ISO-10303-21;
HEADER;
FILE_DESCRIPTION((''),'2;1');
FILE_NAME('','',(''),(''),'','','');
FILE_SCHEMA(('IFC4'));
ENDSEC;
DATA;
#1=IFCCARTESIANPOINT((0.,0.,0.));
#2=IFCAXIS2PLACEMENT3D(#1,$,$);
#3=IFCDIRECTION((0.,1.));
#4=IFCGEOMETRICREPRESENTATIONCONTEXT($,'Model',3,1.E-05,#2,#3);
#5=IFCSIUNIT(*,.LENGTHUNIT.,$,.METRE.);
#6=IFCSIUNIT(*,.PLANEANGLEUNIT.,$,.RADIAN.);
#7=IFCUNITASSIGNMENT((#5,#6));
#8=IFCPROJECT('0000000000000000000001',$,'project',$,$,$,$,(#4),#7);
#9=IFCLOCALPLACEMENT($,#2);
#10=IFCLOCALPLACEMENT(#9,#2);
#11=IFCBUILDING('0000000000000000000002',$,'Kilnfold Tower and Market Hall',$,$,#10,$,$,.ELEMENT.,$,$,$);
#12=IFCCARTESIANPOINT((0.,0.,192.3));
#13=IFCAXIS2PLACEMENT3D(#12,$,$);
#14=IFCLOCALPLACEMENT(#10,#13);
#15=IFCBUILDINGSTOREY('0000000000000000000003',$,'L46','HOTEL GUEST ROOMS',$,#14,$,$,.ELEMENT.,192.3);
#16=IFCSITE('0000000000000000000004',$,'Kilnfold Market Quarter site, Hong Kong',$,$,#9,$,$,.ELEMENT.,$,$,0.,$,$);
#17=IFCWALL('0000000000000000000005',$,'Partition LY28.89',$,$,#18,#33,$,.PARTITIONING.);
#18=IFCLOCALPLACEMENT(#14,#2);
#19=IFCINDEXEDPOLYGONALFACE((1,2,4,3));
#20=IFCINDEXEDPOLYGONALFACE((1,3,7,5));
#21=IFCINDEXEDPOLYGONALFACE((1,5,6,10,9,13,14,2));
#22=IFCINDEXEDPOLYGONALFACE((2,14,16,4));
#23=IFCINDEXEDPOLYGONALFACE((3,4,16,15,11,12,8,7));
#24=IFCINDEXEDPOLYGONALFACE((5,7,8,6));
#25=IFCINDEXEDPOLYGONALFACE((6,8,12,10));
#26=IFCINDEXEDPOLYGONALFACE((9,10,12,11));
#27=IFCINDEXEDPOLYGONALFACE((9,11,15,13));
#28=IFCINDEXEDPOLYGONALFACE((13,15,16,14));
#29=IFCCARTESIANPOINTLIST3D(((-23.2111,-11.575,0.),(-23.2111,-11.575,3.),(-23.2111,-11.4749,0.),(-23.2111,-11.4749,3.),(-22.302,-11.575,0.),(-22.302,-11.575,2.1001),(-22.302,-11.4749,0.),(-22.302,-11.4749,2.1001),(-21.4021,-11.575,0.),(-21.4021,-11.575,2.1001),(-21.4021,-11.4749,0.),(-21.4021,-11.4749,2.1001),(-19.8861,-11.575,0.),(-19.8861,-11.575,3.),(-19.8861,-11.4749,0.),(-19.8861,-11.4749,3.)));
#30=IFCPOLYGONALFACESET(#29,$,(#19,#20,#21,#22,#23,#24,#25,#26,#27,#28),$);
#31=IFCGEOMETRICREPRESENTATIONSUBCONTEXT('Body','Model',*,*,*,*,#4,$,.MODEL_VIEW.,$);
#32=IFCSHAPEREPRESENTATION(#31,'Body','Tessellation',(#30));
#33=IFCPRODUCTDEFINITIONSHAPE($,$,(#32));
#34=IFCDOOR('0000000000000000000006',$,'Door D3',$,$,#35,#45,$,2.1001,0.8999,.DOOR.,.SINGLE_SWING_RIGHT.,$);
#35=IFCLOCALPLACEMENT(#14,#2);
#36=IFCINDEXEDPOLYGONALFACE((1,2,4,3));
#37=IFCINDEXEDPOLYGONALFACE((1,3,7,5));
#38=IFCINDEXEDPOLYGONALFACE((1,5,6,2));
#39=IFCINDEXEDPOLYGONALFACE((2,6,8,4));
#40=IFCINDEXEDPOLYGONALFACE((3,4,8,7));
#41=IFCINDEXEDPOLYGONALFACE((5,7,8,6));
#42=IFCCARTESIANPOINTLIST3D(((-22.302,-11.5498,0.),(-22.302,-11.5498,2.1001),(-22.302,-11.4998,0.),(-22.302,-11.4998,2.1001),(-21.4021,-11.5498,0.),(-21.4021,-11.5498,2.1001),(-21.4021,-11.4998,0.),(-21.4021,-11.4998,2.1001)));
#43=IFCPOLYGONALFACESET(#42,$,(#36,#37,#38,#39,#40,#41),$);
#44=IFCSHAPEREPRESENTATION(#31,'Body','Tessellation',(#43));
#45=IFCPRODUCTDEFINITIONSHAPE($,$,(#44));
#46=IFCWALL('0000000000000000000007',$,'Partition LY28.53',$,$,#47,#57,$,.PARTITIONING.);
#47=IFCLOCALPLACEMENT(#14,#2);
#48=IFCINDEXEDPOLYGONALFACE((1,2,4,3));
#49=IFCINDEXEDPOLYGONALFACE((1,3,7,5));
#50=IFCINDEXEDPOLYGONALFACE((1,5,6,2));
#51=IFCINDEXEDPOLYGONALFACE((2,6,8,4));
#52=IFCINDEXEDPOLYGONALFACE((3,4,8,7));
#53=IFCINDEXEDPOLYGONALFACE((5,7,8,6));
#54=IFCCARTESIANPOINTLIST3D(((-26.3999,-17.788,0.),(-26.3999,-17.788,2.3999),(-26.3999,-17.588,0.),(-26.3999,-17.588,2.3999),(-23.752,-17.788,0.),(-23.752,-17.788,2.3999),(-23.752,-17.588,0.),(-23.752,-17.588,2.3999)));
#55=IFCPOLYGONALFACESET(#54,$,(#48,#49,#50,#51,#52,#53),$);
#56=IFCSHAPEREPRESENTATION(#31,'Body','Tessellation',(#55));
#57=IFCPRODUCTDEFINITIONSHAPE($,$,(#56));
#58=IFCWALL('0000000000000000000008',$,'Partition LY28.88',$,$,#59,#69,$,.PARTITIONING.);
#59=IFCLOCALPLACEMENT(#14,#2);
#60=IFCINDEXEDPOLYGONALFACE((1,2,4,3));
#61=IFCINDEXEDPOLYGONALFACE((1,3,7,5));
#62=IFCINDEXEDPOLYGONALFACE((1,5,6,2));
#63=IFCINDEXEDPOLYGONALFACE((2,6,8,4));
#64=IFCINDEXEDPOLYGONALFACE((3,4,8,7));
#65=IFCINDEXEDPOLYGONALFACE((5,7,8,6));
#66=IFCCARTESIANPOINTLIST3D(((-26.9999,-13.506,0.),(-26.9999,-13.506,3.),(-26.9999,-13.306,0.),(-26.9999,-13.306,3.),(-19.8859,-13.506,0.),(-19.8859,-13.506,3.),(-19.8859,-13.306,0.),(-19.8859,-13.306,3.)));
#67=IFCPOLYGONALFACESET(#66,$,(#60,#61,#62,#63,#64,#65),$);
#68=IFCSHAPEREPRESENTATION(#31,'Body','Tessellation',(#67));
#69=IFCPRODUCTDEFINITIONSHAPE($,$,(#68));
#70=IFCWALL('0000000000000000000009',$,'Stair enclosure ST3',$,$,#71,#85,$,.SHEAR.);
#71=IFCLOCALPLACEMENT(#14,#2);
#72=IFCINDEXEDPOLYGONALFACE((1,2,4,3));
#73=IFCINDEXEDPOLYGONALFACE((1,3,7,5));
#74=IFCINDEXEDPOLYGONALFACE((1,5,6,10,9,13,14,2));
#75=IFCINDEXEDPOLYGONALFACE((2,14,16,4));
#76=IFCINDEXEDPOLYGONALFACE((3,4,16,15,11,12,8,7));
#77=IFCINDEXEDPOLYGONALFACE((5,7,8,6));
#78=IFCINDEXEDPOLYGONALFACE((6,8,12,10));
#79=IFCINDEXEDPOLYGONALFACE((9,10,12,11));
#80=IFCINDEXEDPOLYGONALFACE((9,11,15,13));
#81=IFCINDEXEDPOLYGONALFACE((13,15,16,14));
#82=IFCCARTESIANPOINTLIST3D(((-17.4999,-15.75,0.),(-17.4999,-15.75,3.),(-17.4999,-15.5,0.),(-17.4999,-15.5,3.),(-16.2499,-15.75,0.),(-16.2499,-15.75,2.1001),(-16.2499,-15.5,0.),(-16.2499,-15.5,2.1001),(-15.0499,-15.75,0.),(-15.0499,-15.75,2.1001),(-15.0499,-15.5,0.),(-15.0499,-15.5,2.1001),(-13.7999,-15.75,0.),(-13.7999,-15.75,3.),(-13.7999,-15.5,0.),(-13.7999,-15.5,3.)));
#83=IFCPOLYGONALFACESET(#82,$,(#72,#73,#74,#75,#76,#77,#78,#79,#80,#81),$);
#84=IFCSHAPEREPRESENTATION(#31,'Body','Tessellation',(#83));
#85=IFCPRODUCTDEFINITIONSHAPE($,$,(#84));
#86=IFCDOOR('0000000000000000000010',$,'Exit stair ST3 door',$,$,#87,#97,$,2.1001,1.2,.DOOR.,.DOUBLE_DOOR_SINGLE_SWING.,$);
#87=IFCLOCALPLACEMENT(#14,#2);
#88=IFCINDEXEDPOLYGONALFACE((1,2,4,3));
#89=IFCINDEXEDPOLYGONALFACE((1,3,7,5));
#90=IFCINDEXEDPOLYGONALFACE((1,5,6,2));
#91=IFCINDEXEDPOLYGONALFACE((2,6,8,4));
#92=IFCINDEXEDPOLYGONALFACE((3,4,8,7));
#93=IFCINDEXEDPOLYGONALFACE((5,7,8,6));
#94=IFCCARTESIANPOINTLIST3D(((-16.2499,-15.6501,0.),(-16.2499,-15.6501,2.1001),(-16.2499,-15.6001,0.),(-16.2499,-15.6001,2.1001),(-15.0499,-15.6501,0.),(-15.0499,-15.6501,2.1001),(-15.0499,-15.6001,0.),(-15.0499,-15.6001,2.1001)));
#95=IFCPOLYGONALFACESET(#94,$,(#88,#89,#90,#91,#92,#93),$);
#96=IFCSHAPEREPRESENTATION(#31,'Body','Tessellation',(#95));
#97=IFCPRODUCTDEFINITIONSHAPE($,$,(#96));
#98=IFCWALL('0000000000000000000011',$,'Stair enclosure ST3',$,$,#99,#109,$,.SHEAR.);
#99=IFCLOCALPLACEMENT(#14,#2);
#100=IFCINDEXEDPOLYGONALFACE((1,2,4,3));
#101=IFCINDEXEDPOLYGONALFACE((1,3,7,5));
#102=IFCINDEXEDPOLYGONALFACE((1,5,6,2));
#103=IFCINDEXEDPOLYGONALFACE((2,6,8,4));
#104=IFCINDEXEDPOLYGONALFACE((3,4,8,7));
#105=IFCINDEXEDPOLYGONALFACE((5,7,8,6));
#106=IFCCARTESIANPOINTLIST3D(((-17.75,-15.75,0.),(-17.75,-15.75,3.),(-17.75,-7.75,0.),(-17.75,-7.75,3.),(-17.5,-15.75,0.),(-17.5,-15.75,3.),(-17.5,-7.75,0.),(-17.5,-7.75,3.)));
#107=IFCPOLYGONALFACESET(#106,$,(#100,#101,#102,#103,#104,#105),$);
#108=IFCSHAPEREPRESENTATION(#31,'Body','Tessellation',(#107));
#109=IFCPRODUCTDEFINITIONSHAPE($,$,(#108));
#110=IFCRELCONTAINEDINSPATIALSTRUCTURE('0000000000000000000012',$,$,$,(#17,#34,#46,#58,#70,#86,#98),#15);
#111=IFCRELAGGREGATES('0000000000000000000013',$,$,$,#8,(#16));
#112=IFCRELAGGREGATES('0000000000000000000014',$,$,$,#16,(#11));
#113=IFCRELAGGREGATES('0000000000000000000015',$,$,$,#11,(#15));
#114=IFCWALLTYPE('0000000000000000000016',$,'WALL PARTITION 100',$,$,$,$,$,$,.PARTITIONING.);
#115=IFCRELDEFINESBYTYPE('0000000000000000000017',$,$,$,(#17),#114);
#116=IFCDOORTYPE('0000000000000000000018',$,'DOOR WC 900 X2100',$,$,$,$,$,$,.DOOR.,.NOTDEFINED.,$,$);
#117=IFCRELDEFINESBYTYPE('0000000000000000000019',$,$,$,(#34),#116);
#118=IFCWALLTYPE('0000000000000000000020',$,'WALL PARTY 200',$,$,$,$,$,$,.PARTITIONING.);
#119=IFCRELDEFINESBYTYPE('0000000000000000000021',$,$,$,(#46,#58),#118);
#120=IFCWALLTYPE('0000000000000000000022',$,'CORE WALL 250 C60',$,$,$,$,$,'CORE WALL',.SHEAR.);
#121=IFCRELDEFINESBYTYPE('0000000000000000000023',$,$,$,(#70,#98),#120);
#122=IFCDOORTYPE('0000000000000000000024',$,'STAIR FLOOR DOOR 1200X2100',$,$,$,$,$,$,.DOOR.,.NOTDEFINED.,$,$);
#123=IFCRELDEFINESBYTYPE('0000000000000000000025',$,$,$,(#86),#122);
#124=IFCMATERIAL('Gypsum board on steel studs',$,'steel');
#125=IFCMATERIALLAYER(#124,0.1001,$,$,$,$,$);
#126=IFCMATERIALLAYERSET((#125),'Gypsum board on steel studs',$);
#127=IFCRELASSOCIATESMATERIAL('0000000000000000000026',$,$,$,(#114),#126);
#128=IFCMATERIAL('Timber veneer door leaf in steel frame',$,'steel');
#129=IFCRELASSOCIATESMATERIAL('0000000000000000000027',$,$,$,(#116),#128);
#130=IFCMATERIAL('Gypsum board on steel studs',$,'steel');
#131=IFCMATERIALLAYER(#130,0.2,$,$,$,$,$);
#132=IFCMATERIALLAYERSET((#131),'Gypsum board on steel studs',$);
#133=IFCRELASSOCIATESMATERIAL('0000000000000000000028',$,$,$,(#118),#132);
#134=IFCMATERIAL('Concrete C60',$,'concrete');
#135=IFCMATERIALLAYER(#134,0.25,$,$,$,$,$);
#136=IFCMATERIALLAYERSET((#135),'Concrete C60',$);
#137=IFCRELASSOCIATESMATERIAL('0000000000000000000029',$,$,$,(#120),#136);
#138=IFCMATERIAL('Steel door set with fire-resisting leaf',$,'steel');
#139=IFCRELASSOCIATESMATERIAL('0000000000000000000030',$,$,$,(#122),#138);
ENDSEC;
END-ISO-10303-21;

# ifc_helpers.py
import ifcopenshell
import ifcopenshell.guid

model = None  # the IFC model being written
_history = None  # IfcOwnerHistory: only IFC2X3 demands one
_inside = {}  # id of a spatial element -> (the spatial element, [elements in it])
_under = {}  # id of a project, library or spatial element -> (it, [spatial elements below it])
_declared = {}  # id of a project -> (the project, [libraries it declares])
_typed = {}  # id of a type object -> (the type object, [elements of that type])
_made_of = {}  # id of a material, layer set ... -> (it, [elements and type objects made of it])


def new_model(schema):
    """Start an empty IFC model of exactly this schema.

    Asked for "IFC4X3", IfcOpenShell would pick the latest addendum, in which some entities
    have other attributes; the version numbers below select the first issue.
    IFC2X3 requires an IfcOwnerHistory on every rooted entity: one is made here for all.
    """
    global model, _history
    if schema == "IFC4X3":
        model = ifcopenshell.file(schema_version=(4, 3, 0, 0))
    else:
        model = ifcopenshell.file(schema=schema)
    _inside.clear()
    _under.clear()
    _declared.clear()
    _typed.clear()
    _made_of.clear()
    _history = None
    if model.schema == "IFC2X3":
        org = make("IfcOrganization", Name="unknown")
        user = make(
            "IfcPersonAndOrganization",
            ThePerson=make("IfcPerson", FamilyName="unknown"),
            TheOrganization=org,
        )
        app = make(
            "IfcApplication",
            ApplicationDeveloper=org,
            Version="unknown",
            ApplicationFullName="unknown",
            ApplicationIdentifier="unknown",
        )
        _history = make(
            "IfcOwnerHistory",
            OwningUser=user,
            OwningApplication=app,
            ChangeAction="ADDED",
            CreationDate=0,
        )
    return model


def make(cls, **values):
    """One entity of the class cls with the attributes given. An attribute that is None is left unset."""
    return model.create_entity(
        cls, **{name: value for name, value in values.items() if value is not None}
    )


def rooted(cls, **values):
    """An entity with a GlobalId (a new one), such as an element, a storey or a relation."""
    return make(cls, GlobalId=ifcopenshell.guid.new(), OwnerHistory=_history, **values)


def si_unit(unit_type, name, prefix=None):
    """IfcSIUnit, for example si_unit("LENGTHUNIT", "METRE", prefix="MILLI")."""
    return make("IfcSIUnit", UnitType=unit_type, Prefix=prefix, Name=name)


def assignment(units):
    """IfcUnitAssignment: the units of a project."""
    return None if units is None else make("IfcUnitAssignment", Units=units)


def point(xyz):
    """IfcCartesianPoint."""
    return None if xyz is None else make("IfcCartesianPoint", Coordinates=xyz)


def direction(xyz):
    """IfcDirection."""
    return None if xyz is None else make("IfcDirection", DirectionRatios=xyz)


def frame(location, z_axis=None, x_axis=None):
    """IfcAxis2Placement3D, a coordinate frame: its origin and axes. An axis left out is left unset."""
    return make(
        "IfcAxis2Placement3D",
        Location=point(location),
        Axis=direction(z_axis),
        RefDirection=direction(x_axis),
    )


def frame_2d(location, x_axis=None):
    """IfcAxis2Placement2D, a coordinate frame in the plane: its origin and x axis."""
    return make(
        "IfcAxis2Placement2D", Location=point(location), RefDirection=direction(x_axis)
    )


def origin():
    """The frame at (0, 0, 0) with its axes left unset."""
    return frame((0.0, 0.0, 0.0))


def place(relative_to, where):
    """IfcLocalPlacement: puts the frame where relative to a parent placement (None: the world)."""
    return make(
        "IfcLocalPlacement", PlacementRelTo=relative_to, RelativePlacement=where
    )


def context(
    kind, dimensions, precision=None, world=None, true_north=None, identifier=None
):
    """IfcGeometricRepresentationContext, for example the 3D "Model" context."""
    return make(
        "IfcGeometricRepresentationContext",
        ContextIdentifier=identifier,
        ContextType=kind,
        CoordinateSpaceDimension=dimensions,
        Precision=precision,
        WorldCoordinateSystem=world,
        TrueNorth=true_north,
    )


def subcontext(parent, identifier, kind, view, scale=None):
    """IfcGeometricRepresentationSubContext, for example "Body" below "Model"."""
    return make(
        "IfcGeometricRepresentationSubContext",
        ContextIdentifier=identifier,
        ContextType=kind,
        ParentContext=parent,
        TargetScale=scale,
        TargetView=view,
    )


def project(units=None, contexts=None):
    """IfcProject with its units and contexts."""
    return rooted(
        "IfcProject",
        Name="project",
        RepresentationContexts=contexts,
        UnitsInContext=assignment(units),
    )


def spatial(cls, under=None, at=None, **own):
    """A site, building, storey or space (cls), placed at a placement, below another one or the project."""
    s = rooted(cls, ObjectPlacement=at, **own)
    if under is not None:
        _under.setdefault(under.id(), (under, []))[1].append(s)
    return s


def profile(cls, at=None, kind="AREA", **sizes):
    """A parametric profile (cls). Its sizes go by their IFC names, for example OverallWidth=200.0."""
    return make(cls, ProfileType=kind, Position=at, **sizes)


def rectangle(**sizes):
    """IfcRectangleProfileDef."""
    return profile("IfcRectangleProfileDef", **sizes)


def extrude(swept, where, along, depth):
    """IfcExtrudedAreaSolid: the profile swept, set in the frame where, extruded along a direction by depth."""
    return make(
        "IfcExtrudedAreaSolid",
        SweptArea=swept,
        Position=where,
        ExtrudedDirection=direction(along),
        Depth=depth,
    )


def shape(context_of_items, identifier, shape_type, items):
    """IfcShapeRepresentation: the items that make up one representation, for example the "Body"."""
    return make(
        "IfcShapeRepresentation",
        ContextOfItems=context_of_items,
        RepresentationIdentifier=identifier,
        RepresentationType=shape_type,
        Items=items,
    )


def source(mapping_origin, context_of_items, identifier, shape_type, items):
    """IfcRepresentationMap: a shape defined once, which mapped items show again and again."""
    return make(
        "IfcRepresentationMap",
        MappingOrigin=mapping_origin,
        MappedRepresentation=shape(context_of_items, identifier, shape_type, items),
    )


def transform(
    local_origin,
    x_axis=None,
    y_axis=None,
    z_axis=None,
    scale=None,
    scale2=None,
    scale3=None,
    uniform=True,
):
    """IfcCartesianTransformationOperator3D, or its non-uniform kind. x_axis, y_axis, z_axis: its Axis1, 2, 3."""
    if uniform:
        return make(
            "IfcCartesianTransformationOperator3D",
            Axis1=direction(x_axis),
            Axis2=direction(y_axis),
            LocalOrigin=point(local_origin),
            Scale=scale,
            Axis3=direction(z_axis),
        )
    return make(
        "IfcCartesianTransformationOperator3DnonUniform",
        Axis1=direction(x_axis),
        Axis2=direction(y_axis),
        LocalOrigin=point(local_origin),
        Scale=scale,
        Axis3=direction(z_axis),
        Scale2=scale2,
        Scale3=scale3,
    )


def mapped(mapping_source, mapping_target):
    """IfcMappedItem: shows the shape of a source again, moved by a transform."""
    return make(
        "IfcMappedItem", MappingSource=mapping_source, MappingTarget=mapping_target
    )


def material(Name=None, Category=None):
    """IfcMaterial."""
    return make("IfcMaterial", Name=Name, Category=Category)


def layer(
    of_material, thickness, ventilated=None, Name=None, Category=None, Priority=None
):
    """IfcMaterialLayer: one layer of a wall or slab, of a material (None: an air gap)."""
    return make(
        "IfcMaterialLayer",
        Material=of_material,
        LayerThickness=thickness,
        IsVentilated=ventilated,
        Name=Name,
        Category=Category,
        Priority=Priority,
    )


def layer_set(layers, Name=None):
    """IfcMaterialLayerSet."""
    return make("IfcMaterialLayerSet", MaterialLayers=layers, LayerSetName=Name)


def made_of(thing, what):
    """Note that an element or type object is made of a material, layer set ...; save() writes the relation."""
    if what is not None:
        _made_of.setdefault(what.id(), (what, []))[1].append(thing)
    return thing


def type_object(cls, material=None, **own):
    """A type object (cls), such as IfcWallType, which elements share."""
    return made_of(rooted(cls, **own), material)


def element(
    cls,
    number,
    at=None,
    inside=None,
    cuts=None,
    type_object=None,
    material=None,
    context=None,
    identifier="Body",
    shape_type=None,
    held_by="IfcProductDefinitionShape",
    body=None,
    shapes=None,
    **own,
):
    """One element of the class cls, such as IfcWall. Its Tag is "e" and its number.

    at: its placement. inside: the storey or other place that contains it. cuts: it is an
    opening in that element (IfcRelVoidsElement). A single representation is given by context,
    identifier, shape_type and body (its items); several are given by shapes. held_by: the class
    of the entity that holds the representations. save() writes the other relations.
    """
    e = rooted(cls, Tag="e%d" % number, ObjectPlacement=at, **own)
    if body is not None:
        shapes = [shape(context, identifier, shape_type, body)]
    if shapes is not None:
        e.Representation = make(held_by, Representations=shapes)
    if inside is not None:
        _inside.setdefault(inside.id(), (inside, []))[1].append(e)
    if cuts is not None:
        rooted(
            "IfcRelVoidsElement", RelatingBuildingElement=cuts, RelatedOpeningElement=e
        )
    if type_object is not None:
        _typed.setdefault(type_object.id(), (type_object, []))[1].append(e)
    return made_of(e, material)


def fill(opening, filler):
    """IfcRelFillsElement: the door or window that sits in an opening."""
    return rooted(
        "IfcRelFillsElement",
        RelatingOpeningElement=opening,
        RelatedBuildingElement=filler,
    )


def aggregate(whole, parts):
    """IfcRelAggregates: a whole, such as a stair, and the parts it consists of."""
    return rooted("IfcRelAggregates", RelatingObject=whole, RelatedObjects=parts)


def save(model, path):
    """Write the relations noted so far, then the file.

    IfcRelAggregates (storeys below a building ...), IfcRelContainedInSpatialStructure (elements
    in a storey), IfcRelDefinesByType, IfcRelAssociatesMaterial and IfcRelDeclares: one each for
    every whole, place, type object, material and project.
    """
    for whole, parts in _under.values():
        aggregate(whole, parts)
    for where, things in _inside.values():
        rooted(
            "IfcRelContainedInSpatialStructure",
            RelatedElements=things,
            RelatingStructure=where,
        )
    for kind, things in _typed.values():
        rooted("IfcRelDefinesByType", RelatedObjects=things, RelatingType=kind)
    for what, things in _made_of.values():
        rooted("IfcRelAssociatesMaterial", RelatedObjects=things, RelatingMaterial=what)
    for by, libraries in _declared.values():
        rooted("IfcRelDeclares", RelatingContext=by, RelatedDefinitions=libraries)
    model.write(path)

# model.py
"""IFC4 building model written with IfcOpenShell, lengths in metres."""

from ifc_helpers import new_model, si_unit, direction, frame, frame_2d, origin, place, context, subcontext, project, spatial, rectangle, extrude, source, transform, mapped, material, layer, layer_set, type_object, element, fill, save


model = new_model("IFC4")

# Units and contexts
model_context = context("Model", 3, precision=1e-05, world=origin(), true_north=direction((0.0, 1.0)))
body_context = subcontext(model_context, "Body", "Model", "MODEL_VIEW")
ifc_project = project(units=[si_unit("LENGTHUNIT", "METRE"), si_unit("PLANEANGLEUNIT", "RADIAN")], contexts=[model_context])

# Site, building, storey
site_placement = place(None, origin())
site = spatial("IfcSite", under=ifc_project, at=site_placement, Name="Kilnfold Market Quarter site, Hong Kong", CompositionType="ELEMENT", RefElevation=0.0)
building_placement = place(site_placement, origin())
building = spatial("IfcBuilding", under=site, at=building_placement, Name="Kilnfold Tower and Market Hall", CompositionType="ELEMENT")
storey_placement = place(building_placement, frame((0.0, 0.0, 192.3)))
storey = spatial("IfcBuildingStorey", under=building, at=storey_placement, Name="L46", Description="HOTEL GUEST ROOMS", CompositionType="ELEMENT", Elevation=192.3)

# Wall, opening, door
ifc_material_1 = material(Name="Gypsum board on steel studs", Category="steel")
ifc_layer_1 = layer(ifc_material_1, 0.1001)
ifc_layer_set_1 = layer_set([ifc_layer_1], Name="Gypsum board on steel studs")
wall_type_1 = type_object("IfcWallType", Name="WALL PARTITION 100", PredefinedType="PARTITIONING", material=ifc_layer_set_1)
ifc_material_2 = material(Name="Timber veneer door leaf in steel frame", Category="steel")
door_type_1 = type_object("IfcDoorType", Name="DOOR WC 900 X2100", OperationType="NOTDEFINED", PredefinedType="DOOR", material=ifc_material_2)
wall_1_placement = place(storey_placement, frame((-19.886, -11.5249, 0.0), z_axis=(0.0, 0.0, 1.0), x_axis=(-1.0, 0.0, 0.0)))
wall_1 = element("IfcWall", 1, at=wall_1_placement, inside=storey, type_object=wall_type_1, Name="Partition LY28.89", PredefinedType="PARTITIONING", context=body_context, shape_type="SweptSolid", body=[
    extrude(rectangle(XDim=3.325, YDim=0.1001, at=frame_2d((1.6626, 0.0))), origin(), (0.0, 0.0, 1.0), 3.0),
])
opening_1_placement = place(wall_1_placement, frame((1.5161, 0.0, 0.0)))
opening_1 = element("IfcOpeningElement", 2, at=opening_1_placement, cuts=wall_1, PredefinedType="OPENING", context=body_context, shape_type="SweptSolid", body=[
    extrude(rectangle(XDim=0.8999, YDim=2.1001, at=frame_2d((0.45, 1.05))), frame((0.0, 0.0601, 0.0), z_axis=(0.0, -1.0, 0.0), x_axis=(1.0, 0.0, 0.0)), (0.0, 0.0, 1.0), 0.1201),
])
door_1_placement = place(opening_1_placement, origin())
door_1 = element("IfcDoor", 3, at=door_1_placement, inside=storey, type_object=door_type_1, Name="Door D3", OperationType="SINGLE_SWING_RIGHT", OverallHeight=2.1001, OverallWidth=0.8999, PredefinedType="DOOR", context=body_context, shape_type="SweptSolid", body=[
    extrude(rectangle(XDim=0.8999, YDim=2.1001, at=frame_2d((0.45, 1.05))), frame((0.0, 0.0249, 0.0), z_axis=(0.0, -1.0, 0.0), x_axis=(1.0, 0.0, 0.0)), (0.0, 0.0, 1.0), 0.05),
])
fill(opening_1, door_1)

# Walls
ifc_material_3 = material(Name="Gypsum board on steel studs", Category="steel")
ifc_layer_2 = layer(ifc_material_3, 0.2)
ifc_layer_set_2 = layer_set([ifc_layer_2], Name="Gypsum board on steel studs")
wall_type_2 = type_object("IfcWallType", Name="WALL PARTY 200", PredefinedType="PARTITIONING", material=ifc_layer_set_2)
wall_2_placement = place(storey_placement, frame((-26.3999, -17.688, 0.0), z_axis=(0.0, 0.0, 1.0), x_axis=(1.0, 0.0, 0.0)))
element("IfcWall", 4, at=wall_2_placement, inside=storey, type_object=wall_type_2, Name="Partition LY28.53", PredefinedType="PARTITIONING", context=body_context, shape_type="SweptSolid", body=[
    extrude(rectangle(XDim=2.6479, YDim=0.2, at=frame_2d((1.324, 0.0))), origin(), (0.0, 0.0, 1.0), 2.3999),
])
wall_3_placement = place(storey_placement, frame((-27.0, -13.406, 0.0), z_axis=(0.0, 0.0, 1.0), x_axis=(1.0, 0.0, 0.0)))
element("IfcWall", 5, at=wall_3_placement, inside=storey, type_object=wall_type_2, Name="Partition LY28.88", PredefinedType="PARTITIONING", context=body_context, shape_type="SweptSolid", body=[
    extrude(rectangle(XDim=7.114, YDim=0.2, at=frame_2d((3.5571, 0.0))), origin(), (0.0, 0.0, 1.0), 3.0),
])

# Wall, opening, door
ifc_material_4 = material(Name="Concrete C60", Category="concrete")
ifc_layer_3 = layer(ifc_material_4, 0.25)
ifc_layer_set_3 = layer_set([ifc_layer_3], Name="Concrete C60")
wall_type_3 = type_object("IfcWallType", Name="CORE WALL 250 C60", ElementType="CORE WALL", PredefinedType="SHEAR", material=ifc_layer_set_3)
shared_shape_1 = source(origin(), body_context, "Body", "SweptSolid", [
    extrude(rectangle(XDim=3.7, YDim=0.25, at=frame_2d((1.8501, 0.0))), origin(), (0.0, 0.0, 1.0), 3.0),
])
wall_4_placement = place(storey_placement, frame((-17.5, -15.625, 0.0), z_axis=(0.0, 0.0, 1.0), x_axis=(1.0, 0.0, 0.0)))
wall_4 = element("IfcWall", 6, at=wall_4_placement, inside=storey, type_object=wall_type_3, Name="Stair enclosure ST3", PredefinedType="SHEAR", context=body_context, shape_type="MappedRepresentation", body=[
    mapped(shared_shape_1, transform((0.0, 0.0, 0.0))),
])
opening_2_placement = place(wall_4_placement, frame((1.25, 0.0, 0.0)))
opening_2 = element("IfcOpeningElement", 7, at=opening_2_placement, cuts=wall_4, PredefinedType="OPENING", context=body_context, shape_type="SweptSolid", body=[
    extrude(rectangle(XDim=1.2, YDim=2.1001, at=frame_2d((0.6001, 1.05))), frame((0.0, 0.135, 0.0), z_axis=(0.0, -1.0, 0.0), x_axis=(1.0, 0.0, 0.0)), (0.0, 0.0, 1.0), 0.27),
])
ifc_material_5 = material(Name="Steel door set with fire-resisting leaf", Category="steel")
door_type_2 = type_object("IfcDoorType", Name="STAIR FLOOR DOOR 1200X2100", OperationType="NOTDEFINED", PredefinedType="DOOR", material=ifc_material_5)
door_2_placement = place(opening_2_placement, origin())
door_2 = element("IfcDoor", 8, at=door_2_placement, inside=storey, type_object=door_type_2, Name="Exit stair ST3 door", OperationType="DOUBLE_DOOR_SINGLE_SWING", OverallHeight=2.1001, OverallWidth=1.2, PredefinedType="DOOR", context=body_context, shape_type="SweptSolid", body=[
    extrude(rectangle(XDim=1.2, YDim=2.1001, at=frame_2d((0.6001, 1.05))), frame((0.0, 0.0249, 0.0), z_axis=(0.0, -1.0, 0.0), x_axis=(1.0, 0.0, 0.0)), (0.0, 0.0, 1.0), 0.05),
])
fill(opening_2, door_2)

# Wall
shared_shape_2 = source(origin(), body_context, "Body", "SweptSolid", [
    extrude(rectangle(XDim=8.0, YDim=0.25, at=frame_2d((4.0, 0.0))), origin(), (0.0, 0.0, 1.0), 3.0),
])
wall_5_placement = place(storey_placement, frame((-17.625, -15.75, 0.0), z_axis=(0.0, 0.0, 1.0), x_axis=(0.0, 1.0, 0.0)))
element("IfcWall", 9, at=wall_5_placement, inside=storey, type_object=wall_type_3, Name="Stair enclosure ST3", PredefinedType="SHEAR", context=body_context, shape_type="MappedRepresentation", body=[
    mapped(shared_shape_2, transform((0.0, 0.0, 0.0))),
])

save(model, "model.ifc")
